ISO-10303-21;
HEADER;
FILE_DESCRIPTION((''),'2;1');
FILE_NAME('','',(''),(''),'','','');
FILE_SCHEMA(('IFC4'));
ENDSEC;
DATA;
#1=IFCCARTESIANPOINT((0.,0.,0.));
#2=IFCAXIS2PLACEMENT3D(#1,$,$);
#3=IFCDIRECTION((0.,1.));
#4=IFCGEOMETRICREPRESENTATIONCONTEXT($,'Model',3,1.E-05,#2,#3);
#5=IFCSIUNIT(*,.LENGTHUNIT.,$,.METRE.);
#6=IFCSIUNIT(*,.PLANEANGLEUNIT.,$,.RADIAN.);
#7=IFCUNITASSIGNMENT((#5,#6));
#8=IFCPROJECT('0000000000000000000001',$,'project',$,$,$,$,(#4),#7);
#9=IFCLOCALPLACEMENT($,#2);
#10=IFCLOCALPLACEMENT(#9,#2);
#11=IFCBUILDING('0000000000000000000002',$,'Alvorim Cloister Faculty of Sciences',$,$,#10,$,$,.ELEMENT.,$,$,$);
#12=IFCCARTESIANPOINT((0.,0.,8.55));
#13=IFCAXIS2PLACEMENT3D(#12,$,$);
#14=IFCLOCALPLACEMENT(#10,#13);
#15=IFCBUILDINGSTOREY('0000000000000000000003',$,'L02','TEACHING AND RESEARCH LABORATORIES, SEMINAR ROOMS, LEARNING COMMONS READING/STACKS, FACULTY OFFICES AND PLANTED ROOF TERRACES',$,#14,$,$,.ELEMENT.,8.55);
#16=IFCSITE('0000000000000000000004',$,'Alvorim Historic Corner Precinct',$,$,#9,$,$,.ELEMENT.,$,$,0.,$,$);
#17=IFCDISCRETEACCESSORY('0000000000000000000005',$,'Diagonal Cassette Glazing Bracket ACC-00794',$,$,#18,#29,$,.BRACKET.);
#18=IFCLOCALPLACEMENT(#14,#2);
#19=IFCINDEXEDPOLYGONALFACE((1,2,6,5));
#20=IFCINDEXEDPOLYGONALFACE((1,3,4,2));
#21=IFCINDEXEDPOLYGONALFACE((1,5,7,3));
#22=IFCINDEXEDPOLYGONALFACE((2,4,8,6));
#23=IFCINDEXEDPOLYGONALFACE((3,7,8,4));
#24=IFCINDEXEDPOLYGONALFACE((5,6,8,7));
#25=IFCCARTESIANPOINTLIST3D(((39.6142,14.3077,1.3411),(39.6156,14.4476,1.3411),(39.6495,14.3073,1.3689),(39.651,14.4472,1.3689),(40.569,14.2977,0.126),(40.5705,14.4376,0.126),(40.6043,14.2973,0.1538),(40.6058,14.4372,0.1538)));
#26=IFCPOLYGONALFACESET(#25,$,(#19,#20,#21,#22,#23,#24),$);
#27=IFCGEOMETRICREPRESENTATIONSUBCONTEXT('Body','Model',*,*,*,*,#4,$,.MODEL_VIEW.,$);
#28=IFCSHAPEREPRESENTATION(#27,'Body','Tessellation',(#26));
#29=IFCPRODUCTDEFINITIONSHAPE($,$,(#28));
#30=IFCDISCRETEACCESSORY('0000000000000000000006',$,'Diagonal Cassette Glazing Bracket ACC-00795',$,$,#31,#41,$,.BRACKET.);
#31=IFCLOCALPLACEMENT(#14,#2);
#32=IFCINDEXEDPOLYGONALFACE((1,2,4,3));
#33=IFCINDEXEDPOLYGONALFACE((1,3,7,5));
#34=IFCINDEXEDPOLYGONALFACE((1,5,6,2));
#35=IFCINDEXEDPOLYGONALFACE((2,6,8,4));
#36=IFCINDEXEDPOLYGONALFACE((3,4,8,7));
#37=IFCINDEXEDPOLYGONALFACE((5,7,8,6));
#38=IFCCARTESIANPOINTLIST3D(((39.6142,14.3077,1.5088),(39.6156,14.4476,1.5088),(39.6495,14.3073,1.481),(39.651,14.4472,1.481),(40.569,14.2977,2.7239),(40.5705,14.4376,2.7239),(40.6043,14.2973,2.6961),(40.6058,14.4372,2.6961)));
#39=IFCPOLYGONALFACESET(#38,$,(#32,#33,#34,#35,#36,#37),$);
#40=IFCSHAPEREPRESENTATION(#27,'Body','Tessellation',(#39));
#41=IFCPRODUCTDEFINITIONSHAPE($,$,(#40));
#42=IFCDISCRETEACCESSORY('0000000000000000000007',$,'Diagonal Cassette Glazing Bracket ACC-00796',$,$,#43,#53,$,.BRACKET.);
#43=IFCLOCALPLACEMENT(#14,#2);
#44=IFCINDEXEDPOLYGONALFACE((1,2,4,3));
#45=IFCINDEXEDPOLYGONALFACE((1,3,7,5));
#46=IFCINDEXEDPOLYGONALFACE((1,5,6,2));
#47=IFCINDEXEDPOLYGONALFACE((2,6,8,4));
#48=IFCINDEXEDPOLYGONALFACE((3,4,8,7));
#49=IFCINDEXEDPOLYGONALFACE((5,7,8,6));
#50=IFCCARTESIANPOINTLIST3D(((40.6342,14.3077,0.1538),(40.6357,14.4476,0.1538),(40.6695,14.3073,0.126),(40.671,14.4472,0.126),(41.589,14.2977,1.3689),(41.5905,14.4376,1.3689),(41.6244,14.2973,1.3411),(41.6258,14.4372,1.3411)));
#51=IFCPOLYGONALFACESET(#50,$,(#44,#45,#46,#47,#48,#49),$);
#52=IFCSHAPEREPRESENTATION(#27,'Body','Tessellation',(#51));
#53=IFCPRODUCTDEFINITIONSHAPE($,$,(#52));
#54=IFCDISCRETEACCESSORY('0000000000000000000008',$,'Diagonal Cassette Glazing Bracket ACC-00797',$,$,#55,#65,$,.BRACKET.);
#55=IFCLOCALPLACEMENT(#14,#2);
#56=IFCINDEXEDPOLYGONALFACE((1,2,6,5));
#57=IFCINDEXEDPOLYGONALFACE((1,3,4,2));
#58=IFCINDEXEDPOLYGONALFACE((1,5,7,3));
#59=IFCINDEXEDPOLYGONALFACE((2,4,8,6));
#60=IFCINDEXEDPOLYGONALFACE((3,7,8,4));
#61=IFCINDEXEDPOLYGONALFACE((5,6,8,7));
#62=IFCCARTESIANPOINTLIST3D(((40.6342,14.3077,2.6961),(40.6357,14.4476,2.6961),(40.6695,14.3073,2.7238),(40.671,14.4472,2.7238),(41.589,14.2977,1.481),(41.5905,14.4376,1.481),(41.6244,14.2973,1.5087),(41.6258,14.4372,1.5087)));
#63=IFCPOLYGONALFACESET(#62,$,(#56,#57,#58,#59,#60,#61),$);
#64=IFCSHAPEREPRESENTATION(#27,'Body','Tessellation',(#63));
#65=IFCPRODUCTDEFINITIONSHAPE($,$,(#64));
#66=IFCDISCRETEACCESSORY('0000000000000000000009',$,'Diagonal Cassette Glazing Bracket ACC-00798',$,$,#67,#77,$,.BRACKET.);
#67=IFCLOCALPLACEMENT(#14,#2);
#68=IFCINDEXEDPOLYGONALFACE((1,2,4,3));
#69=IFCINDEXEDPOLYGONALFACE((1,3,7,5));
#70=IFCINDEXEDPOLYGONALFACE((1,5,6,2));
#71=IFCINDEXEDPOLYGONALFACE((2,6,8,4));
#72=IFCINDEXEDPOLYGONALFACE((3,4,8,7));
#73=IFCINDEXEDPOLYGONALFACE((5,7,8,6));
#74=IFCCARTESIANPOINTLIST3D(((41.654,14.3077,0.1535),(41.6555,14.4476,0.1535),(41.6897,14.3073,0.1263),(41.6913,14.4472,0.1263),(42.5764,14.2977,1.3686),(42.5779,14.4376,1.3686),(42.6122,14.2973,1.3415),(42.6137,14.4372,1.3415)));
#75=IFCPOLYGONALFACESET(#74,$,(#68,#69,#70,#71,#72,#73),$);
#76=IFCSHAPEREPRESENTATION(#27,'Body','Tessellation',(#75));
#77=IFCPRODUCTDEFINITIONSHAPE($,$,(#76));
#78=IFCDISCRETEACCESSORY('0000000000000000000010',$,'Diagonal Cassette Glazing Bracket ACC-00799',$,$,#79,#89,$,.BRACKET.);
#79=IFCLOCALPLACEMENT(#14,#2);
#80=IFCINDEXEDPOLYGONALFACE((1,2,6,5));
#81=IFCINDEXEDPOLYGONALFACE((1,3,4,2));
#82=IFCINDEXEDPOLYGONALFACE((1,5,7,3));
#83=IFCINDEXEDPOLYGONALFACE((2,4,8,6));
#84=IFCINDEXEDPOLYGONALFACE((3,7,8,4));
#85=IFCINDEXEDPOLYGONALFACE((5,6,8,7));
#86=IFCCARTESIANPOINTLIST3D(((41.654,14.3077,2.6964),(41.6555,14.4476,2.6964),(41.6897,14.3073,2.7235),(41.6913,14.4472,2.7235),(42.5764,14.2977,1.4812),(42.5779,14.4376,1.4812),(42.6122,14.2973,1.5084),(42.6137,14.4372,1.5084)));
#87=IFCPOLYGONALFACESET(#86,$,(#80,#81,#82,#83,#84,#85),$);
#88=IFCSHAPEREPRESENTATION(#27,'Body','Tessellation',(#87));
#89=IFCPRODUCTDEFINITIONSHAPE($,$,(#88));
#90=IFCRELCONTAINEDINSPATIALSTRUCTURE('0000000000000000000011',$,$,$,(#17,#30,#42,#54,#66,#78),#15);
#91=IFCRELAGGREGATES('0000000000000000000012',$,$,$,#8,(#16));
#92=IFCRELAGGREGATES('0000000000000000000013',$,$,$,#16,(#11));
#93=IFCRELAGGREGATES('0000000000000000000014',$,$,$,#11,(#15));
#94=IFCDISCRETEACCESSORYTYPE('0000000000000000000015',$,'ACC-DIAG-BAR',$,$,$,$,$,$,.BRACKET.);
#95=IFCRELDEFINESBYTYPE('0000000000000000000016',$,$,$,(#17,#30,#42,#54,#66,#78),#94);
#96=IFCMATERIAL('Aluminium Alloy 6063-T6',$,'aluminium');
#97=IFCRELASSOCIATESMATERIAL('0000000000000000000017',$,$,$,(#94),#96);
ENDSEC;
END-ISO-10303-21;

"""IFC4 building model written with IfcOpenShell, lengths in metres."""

from ifc_helpers import new_model, si_unit, direction, frame, origin, origin_2d, place, context, subcontext, project, spatial, rectangle, extrude, material, type_object, element, save


model = new_model("IFC4")

# Units and contexts
model_context = context("Model", 3, precision=1e-05, world=origin(), true_north=direction((0.0, 1.0)))
body_context = subcontext(model_context, "Body", "Model", "MODEL_VIEW")
ifc_project = project(units=[si_unit("LENGTHUNIT", "METRE"), si_unit("PLANEANGLEUNIT", "RADIAN")], contexts=[model_context])

# Site, building, storey
site_placement = place(None, origin())
site = spatial("IfcSite", under=ifc_project, at=site_placement, Name="Alvorim Historic Corner Precinct", CompositionType="ELEMENT", RefElevation=0.0)
building_placement = place(site_placement, origin())
building = spatial("IfcBuilding", under=site, at=building_placement, Name="Alvorim Cloister Faculty of Sciences", CompositionType="ELEMENT")
storey_placement = place(building_placement, frame((0.0, 0.0, 8.55)))
storey = spatial("IfcBuildingStorey", under=building, at=storey_placement, Name="L02", Description="TEACHING AND RESEARCH LABORATORIES, SEMINAR ROOMS, LEARNING COMMONS READING/STACKS, FACULTY OFFICES AND PLANTED ROOF TERRACES", CompositionType="ELEMENT", Elevation=8.55)

# Shared definitions
ifc_material_1 = material(Name="Aluminium Alloy 6063-T6", Category="aluminium")

# Discrete accessories
discrete_accessory_type = type_object("IfcDiscreteAccessoryType", Name="ACC-DIAG-BAR", PredefinedType="BRACKET", material=ifc_material_1)
for number, where, z_axis, x_axis, name in (
    (1, (39.6326, 14.3774, 1.355), (0.617857, -0.006477, -0.786263), (0.010483, 0.999945, 0.0), "Diagonal Cassette Glazing Bracket ACC-00794"),
    (2, (39.6326, 14.3774, 1.4949), (0.617857, -0.006477, 0.786263), (0.010483, 0.999945, 0.0), "Diagonal Cassette Glazing Bracket ACC-00795"),
    (3, (40.6526, 14.3774, 0.1399), (0.617857, -0.006477, 0.786263), (0.010483, 0.999945, 0.0), "Diagonal Cassette Glazing Bracket ACC-00796"),
    (4, (40.6526, 14.3774, 2.71), (0.617857, -0.006477, -0.786263), (0.010483, 0.999945, 0.0), "Diagonal Cassette Glazing Bracket ACC-00797"),
):
    element("IfcDiscreteAccessory", number, at=place(storey_placement, frame(where, z_axis=z_axis, x_axis=x_axis)), inside=storey, type_object=discrete_accessory_type, Name=name, PredefinedType="BRACKET", context=body_context, shape_type="SweptSolid", body=[
        extrude(rectangle(XDim=0.1399, YDim=0.0449, at=origin_2d()), origin(), (0.0, 0.0, 1.0), 1.5454),
    ])
for number, where, z_axis, x_axis, name in (
    (5, (41.6726, 14.3774, 0.1399), (0.604612, -0.006561, 0.796493), (0.010852, 0.999941, 0.0), "Diagonal Cassette Glazing Bracket ACC-00798"),
    (6, (41.6726, 14.3774, 2.71), (0.604612, -0.006561, -0.796493), (0.010852, 0.999941, 0.0), "Diagonal Cassette Glazing Bracket ACC-00799"),
):
    element("IfcDiscreteAccessory", number, at=place(storey_placement, frame(where, z_axis=z_axis, x_axis=x_axis)), inside=storey, type_object=discrete_accessory_type, Name=name, PredefinedType="BRACKET", context=body_context, shape_type="SweptSolid", body=[
        extrude(rectangle(XDim=0.1399, YDim=0.0449, at=origin_2d()), origin(), (0.0, 0.0, 1.0), 1.5256),
    ])

save(model, "model.ifc")
